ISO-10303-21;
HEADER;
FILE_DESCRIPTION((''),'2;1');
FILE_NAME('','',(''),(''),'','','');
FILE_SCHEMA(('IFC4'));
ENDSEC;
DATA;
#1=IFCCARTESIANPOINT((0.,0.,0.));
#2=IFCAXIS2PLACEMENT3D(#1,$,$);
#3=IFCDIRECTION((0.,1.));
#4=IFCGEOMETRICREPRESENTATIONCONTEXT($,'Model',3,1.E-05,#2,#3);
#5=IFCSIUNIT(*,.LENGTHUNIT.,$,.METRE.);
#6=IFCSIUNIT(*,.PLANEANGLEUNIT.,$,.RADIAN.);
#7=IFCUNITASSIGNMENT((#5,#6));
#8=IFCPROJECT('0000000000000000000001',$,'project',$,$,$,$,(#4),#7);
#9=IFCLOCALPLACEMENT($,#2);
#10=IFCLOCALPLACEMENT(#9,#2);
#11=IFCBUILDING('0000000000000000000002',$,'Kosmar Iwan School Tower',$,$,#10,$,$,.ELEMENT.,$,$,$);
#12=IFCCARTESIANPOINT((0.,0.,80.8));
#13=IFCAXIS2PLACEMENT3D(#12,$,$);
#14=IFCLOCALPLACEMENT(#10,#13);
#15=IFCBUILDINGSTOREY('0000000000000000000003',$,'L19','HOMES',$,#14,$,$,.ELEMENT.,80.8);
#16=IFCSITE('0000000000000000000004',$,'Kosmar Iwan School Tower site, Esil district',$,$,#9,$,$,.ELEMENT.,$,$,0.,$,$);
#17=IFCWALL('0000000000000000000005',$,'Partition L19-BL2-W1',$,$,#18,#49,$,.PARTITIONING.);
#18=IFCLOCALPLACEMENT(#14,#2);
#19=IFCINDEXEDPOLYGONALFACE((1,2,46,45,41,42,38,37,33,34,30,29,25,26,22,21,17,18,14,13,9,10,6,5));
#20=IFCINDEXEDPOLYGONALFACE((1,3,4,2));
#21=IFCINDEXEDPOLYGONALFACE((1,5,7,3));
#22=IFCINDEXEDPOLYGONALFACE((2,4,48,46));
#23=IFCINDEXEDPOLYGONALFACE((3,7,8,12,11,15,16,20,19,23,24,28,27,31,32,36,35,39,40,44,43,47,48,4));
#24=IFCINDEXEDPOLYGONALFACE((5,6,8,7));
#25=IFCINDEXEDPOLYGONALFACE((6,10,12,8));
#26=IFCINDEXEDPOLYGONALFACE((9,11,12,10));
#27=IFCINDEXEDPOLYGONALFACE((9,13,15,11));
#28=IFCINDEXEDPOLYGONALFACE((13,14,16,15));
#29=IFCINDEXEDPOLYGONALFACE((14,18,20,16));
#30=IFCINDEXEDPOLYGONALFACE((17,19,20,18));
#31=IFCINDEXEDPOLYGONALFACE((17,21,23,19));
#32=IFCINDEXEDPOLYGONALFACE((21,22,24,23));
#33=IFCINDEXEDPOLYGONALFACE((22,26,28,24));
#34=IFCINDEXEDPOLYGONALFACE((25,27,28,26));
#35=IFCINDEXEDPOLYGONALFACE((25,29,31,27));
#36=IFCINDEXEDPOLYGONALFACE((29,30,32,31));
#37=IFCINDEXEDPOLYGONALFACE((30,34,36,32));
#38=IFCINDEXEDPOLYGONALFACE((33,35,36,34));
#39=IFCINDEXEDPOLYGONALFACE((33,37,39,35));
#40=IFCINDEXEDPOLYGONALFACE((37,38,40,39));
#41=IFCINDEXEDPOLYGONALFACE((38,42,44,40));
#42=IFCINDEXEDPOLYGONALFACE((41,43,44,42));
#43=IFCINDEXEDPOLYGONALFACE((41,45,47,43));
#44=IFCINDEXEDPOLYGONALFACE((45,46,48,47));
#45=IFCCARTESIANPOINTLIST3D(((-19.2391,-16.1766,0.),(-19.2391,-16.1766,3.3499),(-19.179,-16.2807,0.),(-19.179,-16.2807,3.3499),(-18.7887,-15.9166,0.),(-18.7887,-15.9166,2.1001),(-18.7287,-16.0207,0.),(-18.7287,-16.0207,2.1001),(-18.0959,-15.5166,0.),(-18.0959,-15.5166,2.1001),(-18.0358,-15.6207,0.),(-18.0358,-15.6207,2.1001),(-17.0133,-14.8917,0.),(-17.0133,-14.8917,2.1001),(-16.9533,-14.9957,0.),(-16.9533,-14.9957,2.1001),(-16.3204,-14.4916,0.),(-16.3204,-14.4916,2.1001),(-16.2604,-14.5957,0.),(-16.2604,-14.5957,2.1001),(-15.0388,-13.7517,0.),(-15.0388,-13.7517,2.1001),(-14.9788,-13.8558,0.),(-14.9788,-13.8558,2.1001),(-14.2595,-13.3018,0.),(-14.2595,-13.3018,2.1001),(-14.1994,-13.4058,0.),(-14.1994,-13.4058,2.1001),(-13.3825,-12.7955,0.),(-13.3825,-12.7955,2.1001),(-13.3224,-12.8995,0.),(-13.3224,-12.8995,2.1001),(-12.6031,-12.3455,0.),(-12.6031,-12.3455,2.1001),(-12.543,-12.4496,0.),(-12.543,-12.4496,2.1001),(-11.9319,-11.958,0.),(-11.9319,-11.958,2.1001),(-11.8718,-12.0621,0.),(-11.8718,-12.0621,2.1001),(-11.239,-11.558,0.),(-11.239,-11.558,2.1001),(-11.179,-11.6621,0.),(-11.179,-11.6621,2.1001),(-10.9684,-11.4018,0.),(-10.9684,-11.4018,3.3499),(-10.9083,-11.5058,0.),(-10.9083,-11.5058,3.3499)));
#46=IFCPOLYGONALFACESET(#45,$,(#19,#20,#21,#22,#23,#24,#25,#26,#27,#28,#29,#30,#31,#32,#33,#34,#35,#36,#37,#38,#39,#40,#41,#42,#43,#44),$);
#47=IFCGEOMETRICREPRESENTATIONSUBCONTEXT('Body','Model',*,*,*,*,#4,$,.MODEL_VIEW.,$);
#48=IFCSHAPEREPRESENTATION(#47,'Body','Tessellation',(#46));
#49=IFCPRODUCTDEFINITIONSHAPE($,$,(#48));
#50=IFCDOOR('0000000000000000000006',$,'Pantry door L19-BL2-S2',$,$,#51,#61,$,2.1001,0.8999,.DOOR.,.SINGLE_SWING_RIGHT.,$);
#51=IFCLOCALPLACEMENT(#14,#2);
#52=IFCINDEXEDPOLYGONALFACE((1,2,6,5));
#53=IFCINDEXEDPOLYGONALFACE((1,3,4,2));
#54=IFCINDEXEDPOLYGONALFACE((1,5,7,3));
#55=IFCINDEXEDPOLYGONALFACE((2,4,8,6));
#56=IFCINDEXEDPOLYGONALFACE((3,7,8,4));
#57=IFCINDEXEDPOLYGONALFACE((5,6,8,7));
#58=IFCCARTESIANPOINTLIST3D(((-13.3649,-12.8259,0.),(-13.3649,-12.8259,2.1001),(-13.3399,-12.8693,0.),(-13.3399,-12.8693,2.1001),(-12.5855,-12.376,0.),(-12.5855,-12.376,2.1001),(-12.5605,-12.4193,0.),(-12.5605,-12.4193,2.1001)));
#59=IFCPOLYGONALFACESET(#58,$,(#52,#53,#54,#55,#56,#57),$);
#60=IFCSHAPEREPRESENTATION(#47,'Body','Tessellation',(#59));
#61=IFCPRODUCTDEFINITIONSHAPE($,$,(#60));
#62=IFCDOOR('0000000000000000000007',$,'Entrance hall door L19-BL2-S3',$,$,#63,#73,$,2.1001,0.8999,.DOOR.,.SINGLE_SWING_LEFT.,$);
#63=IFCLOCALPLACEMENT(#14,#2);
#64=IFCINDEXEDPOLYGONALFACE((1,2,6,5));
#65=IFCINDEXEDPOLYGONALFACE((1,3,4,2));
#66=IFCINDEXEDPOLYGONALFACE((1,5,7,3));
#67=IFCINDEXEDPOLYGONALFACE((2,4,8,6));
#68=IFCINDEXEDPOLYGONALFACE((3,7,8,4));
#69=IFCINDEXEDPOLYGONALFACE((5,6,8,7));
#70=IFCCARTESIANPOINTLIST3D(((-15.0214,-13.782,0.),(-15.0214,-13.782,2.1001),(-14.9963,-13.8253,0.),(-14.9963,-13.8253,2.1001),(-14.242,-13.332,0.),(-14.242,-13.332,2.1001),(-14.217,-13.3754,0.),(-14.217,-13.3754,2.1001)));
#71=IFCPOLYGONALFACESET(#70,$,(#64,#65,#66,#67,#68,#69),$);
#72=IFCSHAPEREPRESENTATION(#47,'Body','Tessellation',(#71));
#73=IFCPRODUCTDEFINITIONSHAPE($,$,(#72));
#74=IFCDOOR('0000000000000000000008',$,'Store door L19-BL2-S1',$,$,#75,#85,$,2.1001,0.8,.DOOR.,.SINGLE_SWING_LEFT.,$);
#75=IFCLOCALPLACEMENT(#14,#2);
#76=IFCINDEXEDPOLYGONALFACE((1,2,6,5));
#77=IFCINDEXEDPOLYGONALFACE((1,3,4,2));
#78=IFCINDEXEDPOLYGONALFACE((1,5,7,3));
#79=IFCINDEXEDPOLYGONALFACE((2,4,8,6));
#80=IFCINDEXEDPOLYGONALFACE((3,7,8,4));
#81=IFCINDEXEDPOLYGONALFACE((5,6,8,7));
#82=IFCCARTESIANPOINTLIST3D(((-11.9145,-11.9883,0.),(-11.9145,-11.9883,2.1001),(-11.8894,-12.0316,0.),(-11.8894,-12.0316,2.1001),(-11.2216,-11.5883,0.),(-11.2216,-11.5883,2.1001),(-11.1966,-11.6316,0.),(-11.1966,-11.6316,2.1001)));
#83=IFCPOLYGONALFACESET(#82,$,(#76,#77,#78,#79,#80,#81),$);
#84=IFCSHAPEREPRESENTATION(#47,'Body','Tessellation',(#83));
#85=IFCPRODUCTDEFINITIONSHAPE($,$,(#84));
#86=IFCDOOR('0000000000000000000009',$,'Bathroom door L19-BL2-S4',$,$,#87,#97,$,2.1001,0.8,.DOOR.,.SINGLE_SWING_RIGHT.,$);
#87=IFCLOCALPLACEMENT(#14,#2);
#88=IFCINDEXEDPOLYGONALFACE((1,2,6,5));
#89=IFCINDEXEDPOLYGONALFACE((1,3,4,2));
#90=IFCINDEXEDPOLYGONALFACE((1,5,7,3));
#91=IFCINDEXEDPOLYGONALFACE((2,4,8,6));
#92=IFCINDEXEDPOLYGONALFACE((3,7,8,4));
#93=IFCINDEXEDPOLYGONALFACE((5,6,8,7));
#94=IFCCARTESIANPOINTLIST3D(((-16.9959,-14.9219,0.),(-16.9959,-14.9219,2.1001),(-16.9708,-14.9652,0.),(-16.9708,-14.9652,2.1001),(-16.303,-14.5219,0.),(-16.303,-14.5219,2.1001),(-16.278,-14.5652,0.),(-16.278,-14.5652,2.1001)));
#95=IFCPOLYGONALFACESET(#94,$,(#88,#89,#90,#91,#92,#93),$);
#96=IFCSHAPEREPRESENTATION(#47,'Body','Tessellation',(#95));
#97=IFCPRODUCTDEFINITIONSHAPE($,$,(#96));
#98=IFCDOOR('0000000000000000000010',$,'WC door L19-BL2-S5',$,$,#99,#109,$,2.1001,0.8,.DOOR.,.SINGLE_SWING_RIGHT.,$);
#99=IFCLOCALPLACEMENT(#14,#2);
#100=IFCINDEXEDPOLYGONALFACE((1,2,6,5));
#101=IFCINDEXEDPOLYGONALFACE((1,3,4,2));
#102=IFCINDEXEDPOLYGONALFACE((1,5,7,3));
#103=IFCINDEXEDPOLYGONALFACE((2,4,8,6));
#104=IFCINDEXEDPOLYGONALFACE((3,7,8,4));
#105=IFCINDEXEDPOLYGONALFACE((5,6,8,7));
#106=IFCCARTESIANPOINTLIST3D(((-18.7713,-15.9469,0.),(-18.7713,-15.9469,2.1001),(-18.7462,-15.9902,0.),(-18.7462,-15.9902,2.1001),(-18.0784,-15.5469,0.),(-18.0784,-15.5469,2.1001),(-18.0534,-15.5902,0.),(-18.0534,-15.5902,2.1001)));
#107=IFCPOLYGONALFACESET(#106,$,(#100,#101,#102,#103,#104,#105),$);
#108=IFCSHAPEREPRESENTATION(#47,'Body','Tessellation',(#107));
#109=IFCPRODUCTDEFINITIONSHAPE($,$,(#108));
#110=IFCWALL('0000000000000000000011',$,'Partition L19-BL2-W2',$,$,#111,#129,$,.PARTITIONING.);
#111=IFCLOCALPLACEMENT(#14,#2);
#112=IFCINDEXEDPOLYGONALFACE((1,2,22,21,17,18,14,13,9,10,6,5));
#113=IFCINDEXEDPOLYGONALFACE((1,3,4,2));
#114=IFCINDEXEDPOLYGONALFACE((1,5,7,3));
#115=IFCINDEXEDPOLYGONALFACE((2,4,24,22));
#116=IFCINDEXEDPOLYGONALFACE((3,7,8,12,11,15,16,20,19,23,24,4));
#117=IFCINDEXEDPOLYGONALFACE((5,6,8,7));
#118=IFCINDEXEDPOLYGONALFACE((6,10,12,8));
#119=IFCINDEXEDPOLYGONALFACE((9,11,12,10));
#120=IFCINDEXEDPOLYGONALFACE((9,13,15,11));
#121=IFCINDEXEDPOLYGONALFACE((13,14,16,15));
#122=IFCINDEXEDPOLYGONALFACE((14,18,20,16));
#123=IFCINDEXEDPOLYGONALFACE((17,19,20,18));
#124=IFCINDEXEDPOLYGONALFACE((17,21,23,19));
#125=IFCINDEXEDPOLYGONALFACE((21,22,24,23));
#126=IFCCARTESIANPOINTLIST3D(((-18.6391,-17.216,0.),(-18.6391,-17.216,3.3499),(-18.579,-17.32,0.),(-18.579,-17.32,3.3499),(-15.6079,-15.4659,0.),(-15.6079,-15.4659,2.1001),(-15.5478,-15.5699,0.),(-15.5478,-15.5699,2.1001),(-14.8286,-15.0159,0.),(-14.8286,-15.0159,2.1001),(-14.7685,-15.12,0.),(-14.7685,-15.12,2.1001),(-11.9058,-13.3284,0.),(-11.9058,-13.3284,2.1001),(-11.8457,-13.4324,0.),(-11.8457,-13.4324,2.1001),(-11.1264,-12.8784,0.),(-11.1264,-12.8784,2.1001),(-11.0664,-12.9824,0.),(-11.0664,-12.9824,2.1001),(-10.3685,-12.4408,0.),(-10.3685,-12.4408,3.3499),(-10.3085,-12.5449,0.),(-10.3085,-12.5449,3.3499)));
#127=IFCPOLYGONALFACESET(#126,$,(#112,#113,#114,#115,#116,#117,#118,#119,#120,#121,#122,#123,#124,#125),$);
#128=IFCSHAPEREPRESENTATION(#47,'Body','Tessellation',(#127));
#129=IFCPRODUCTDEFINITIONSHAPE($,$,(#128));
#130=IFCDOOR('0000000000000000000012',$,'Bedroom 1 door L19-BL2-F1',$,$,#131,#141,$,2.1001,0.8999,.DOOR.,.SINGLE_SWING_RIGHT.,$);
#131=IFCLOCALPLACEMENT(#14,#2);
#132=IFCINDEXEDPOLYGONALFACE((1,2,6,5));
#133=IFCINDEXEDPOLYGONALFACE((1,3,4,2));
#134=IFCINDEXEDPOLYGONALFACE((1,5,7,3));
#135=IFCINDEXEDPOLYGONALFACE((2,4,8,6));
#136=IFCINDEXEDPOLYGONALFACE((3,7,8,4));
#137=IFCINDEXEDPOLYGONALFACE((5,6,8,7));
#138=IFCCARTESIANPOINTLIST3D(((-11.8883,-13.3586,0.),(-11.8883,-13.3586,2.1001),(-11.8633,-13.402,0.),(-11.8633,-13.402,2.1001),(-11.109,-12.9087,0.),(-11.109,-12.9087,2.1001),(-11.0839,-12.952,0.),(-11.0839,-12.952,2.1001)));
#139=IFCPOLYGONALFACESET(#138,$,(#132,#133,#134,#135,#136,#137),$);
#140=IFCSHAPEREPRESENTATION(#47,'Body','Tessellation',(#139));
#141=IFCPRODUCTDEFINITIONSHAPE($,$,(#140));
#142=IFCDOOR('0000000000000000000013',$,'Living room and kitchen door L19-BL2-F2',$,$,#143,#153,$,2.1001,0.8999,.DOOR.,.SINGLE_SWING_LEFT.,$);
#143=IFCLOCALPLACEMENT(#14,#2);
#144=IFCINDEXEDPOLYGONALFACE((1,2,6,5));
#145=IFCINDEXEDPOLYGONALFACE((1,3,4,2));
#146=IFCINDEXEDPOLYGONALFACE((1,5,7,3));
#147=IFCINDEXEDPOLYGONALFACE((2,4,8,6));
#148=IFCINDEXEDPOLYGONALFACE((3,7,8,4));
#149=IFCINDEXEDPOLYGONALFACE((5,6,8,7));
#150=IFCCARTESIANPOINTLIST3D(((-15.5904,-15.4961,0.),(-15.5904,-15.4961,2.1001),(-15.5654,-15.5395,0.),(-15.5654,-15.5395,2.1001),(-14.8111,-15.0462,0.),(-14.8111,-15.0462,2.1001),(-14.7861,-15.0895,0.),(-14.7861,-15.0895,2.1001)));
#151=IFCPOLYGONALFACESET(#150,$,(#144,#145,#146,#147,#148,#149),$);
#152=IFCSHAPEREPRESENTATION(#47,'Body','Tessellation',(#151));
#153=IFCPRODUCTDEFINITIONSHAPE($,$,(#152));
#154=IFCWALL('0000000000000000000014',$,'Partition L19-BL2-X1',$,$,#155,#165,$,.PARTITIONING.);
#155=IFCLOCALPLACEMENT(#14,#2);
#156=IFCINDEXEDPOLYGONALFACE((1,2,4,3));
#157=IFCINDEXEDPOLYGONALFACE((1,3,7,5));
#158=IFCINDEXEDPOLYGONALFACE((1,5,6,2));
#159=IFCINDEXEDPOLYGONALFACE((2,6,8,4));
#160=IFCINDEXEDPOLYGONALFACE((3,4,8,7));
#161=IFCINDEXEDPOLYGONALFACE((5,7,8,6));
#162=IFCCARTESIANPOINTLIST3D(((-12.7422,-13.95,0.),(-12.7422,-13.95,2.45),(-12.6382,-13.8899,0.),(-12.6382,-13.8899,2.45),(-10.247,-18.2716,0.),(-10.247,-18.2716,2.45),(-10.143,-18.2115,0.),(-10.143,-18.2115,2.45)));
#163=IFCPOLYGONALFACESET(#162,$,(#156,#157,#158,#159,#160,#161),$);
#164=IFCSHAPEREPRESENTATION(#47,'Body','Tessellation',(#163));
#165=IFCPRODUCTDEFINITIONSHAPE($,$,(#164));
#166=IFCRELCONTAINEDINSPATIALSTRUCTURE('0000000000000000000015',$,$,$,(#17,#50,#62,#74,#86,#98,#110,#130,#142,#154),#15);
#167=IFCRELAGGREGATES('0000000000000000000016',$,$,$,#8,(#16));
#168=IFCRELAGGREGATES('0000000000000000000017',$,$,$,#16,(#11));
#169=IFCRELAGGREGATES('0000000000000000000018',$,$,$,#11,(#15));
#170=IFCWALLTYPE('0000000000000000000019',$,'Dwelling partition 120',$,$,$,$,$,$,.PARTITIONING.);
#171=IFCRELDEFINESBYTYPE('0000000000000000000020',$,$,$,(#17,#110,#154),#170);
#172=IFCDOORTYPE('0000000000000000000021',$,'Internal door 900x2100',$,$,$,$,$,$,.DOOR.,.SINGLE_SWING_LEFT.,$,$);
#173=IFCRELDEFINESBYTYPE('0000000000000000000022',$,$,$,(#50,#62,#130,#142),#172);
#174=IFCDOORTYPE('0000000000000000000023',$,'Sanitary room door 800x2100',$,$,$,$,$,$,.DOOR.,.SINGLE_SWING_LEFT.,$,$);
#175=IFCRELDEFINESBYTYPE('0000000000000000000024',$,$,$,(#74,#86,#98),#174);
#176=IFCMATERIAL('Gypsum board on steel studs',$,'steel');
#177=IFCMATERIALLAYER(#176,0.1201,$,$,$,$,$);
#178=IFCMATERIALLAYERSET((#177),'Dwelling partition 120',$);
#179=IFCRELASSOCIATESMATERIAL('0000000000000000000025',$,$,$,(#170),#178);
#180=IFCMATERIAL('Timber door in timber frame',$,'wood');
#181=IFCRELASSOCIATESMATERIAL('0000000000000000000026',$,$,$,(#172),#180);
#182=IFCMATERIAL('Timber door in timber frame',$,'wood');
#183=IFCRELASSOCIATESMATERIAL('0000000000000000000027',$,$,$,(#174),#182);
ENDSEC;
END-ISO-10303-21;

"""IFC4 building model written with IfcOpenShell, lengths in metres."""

from ifc_helpers import new_model, si_unit, direction, frame, frame_2d, origin, place, context, subcontext, project, spatial, rectangle, extrude, material, layer, layer_set, type_object, element, fill, save


model = new_model("IFC4")

# Units and contexts
model_context = context("Model", 3, precision=1e-05, world=origin(), true_north=direction((0.0, 1.0)))
body_context = subcontext(model_context, "Body", "Model", "MODEL_VIEW")
ifc_project = project(units=[si_unit("LENGTHUNIT", "METRE"), si_unit("PLANEANGLEUNIT", "RADIAN")], contexts=[model_context])

# Site, building, storey
site_placement = place(None, origin())
site = spatial("IfcSite", under=ifc_project, at=site_placement, Name="Kosmar Iwan School Tower site, Esil district", CompositionType="ELEMENT", RefElevation=0.0)
building_placement = place(site_placement, origin())
building = spatial("IfcBuilding", under=site, at=building_placement, Name="Kosmar Iwan School Tower", CompositionType="ELEMENT")
storey_placement = place(building_placement, frame((0.0, 0.0, 80.8)))
storey = spatial("IfcBuildingStorey", under=building, at=storey_placement, Name="L19", Description="HOMES", CompositionType="ELEMENT", Elevation=80.8)

# Shared definitions
ifc_material_1 = material(Name="Gypsum board on steel studs", Category="steel")
ifc_layer_1 = layer(ifc_material_1, 0.1201)
ifc_layer_set_1 = layer_set([ifc_layer_1], Name="Dwelling partition 120")
wall_type_1 = type_object("IfcWallType", Name="Dwelling partition 120", PredefinedType="PARTITIONING", material=ifc_layer_set_1)
ifc_material_2 = material(Name="Timber door in timber frame", Category="wood")
door_type_1 = type_object("IfcDoorType", Name="Internal door 900x2100", OperationType="SINGLE_SWING_LEFT", PredefinedType="DOOR", material=ifc_material_2)
ifc_material_3 = material(Name="Timber door in timber frame", Category="wood")
door_type_2 = type_object("IfcDoorType", Name="Sanitary room door 800x2100", OperationType="SINGLE_SWING_LEFT", PredefinedType="DOOR", material=ifc_material_3)

# Walls, openings, doors
wall_1_placement = place(storey_placement, frame((-10.9385, -11.4539, 0.0), z_axis=(0.0, 0.0, 1.0), x_axis=(-0.866035, -0.499983, 0.0)))
wall_1 = element("IfcWall", 1, at=wall_1_placement, inside=storey, type_object=wall_type_1, Name="Partition L19-BL2-W1", PredefinedType="PARTITIONING", context=body_context, shape_type="SweptSolid", body=[
    extrude(rectangle(XDim=9.55, YDim=0.1201, at=frame_2d((4.7749, 0.0))), origin(), (0.0, 0.0, 1.0), 3.3499),
])
opening_1_placement = place(wall_1_placement, frame((0.3125, 0.0, 0.0)))
opening_1 = element("IfcOpeningElement", 2, at=opening_1_placement, cuts=wall_1, PredefinedType="OPENING", context=body_context, shape_type="SweptSolid", body=[
    extrude(rectangle(XDim=0.8, YDim=2.1001, at=frame_2d((0.3999, 1.05))), frame((0.0, 0.072, 0.0), z_axis=(0.0, -1.0, 0.0), x_axis=(1.0, 0.0, 0.0)), (0.0, 0.0, 1.0), 0.144),
])
opening_2_placement = place(wall_1_placement, frame((1.8875, 0.0, 0.0)))
opening_2 = element("IfcOpeningElement", 3, at=opening_2_placement, cuts=wall_1, PredefinedType="OPENING", context=body_context, shape_type="SweptSolid", body=[
    extrude(rectangle(XDim=0.8999, YDim=2.1001, at=frame_2d((0.45, 1.05))), frame((0.0, 0.072, 0.0), z_axis=(0.0, -1.0, 0.0), x_axis=(1.0, 0.0, 0.0)), (0.0, 0.0, 1.0), 0.144),
])
opening_3_placement = place(wall_1_placement, frame((3.8, 0.0, 0.0)))
opening_3 = element("IfcOpeningElement", 4, at=opening_3_placement, cuts=wall_1, PredefinedType="OPENING", context=body_context, shape_type="SweptSolid", body=[
    extrude(rectangle(XDim=0.8999, YDim=2.1001, at=frame_2d((0.45, 1.05))), frame((0.0, 0.072, 0.0), z_axis=(0.0, -1.0, 0.0), x_axis=(1.0, 0.0, 0.0)), (0.0, 0.0, 1.0), 0.144),
])
opening_4_placement = place(wall_1_placement, frame((6.1799, 0.0, 0.0)))
opening_4 = element("IfcOpeningElement", 5, at=opening_4_placement, cuts=wall_1, PredefinedType="OPENING", context=body_context, shape_type="SweptSolid", body=[
    extrude(rectangle(XDim=0.8, YDim=2.1001, at=frame_2d((0.3999, 1.05))), frame((0.0, 0.072, 0.0), z_axis=(0.0, -1.0, 0.0), x_axis=(1.0, 0.0, 0.0)), (0.0, 0.0, 1.0), 0.144),
])
opening_5_placement = place(wall_1_placement, frame((8.23, 0.0, 0.0)))
opening_5 = element("IfcOpeningElement", 6, at=opening_5_placement, cuts=wall_1, PredefinedType="OPENING", context=body_context, shape_type="SweptSolid", body=[
    extrude(rectangle(XDim=0.8, YDim=2.1001, at=frame_2d((0.3999, 1.05))), frame((0.0, 0.072, 0.0), z_axis=(0.0, -1.0, 0.0), x_axis=(1.0, 0.0, 0.0)), (0.0, 0.0, 1.0), 0.144),
])
door_1_placement = place(opening_2_placement, frame((0.8999, 0.0, 0.0), z_axis=(0.0, 0.0, 1.0), x_axis=(-1.0, 0.0, 0.0)))
door_1 = element("IfcDoor", 7, at=door_1_placement, inside=storey, type_object=door_type_1, Name="Pantry door L19-BL2-S2", OperationType="SINGLE_SWING_RIGHT", OverallHeight=2.1001, OverallWidth=0.8999, PredefinedType="DOOR", context=body_context, shape_type="SweptSolid", body=[
    extrude(rectangle(XDim=0.8999, YDim=2.1001, at=frame_2d((0.45, 1.05))), frame((0.0, 0.0249, 0.0), z_axis=(0.0, -1.0, 0.0), x_axis=(1.0, 0.0, 0.0)), (0.0, 0.0, 1.0), 0.05),
])
fill(opening_2, door_1)
door_2_placement = place(opening_3_placement, origin())
door_2 = element("IfcDoor", 8, at=door_2_placement, inside=storey, type_object=door_type_1, Name="Entrance hall door L19-BL2-S3", OperationType="SINGLE_SWING_LEFT", OverallHeight=2.1001, OverallWidth=0.8999, PredefinedType="DOOR", context=body_context, shape_type="SweptSolid", body=[
    extrude(rectangle(XDim=0.8999, YDim=2.1001, at=frame_2d((0.45, 1.05))), frame((0.0, 0.0249, 0.0), z_axis=(0.0, -1.0, 0.0), x_axis=(1.0, 0.0, 0.0)), (0.0, 0.0, 1.0), 0.05),
])
fill(opening_3, door_2)
door_3_placement = place(opening_1_placement, origin())
door_3 = element("IfcDoor", 9, at=door_3_placement, inside=storey, type_object=door_type_2, Name="Store door L19-BL2-S1", OperationType="SINGLE_SWING_LEFT", OverallHeight=2.1001, OverallWidth=0.8, PredefinedType="DOOR", context=body_context, shape_type="SweptSolid", body=[
    extrude(rectangle(XDim=0.8, YDim=2.1001, at=frame_2d((0.3999, 1.05))), frame((0.0, 0.0249, 0.0), z_axis=(0.0, -1.0, 0.0), x_axis=(1.0, 0.0, 0.0)), (0.0, 0.0, 1.0), 0.05),
])
fill(opening_1, door_3)
door_4_placement = place(opening_4_placement, origin())
door_4 = element("IfcDoor", 10, at=door_4_placement, inside=storey, type_object=door_type_2, Name="Bathroom door L19-BL2-S4", OperationType="SINGLE_SWING_RIGHT", OverallHeight=2.1001, OverallWidth=0.8, PredefinedType="DOOR", context=body_context, shape_type="SweptSolid", body=[
    extrude(rectangle(XDim=0.8, YDim=2.1001, at=frame_2d((0.3999, 1.05))), frame((0.0, 0.0249, 0.0), z_axis=(0.0, -1.0, 0.0), x_axis=(1.0, 0.0, 0.0)), (0.0, 0.0, 1.0), 0.05),
])
fill(opening_4, door_4)
door_5_placement = place(opening_5_placement, origin())
door_5 = element("IfcDoor", 11, at=door_5_placement, inside=storey, type_object=door_type_2, Name="WC door L19-BL2-S5", OperationType="SINGLE_SWING_RIGHT", OverallHeight=2.1001, OverallWidth=0.8, PredefinedType="DOOR", context=body_context, shape_type="SweptSolid", body=[
    extrude(rectangle(XDim=0.8, YDim=2.1001, at=frame_2d((0.3999, 1.05))), frame((0.0, 0.0249, 0.0), z_axis=(0.0, -1.0, 0.0), x_axis=(1.0, 0.0, 0.0)), (0.0, 0.0, 1.0), 0.05),
])
fill(opening_5, door_5)
wall_2_placement = place(storey_placement, frame((-10.3386, -12.4929, 0.0), z_axis=(0.0, 0.0, 1.0), x_axis=(-0.866018, -0.500013, 0.0)))
wall_2 = element("IfcWall", 12, at=wall_2_placement, inside=storey, type_object=wall_type_1, Name="Partition L19-BL2-W2", PredefinedType="PARTITIONING", context=body_context, shape_type="SweptSolid", body=[
    extrude(rectangle(XDim=9.55, YDim=0.1201, at=frame_2d((4.7749, 0.0))), origin(), (0.0, 0.0, 1.0), 3.3499),
])
opening_6_placement = place(wall_2_placement, frame((0.875, 0.0, 0.0)))
opening_6 = element("IfcOpeningElement", 13, at=opening_6_placement, cuts=wall_2, PredefinedType="OPENING", context=body_context, shape_type="SweptSolid", body=[
    extrude(rectangle(XDim=0.8999, YDim=2.1001, at=frame_2d((0.45, 1.05))), frame((0.0, 0.072, 0.0), z_axis=(0.0, -1.0, 0.0), x_axis=(1.0, 0.0, 0.0)), (0.0, 0.0, 1.0), 0.144),
])
opening_7_placement = place(wall_2_placement, frame((5.1499, 0.0, 0.0)))
opening_7 = element("IfcOpeningElement", 14, at=opening_7_placement, cuts=wall_2, PredefinedType="OPENING", context=body_context, shape_type="SweptSolid", body=[
    extrude(rectangle(XDim=0.8999, YDim=2.1001, at=frame_2d((0.45, 1.05))), frame((0.0, 0.072, 0.0), z_axis=(0.0, -1.0, 0.0), x_axis=(1.0, 0.0, 0.0)), (0.0, 0.0, 1.0), 0.144),
])
door_6_placement = place(opening_6_placement, origin())
door_6 = element("IfcDoor", 15, at=door_6_placement, inside=storey, type_object=door_type_1, Name="Bedroom 1 door L19-BL2-F1", OperationType="SINGLE_SWING_RIGHT", OverallHeight=2.1001, OverallWidth=0.8999, PredefinedType="DOOR", context=body_context, shape_type="SweptSolid", body=[
    extrude(rectangle(XDim=0.8999, YDim=2.1001, at=frame_2d((0.45, 1.05))), frame((0.0, 0.0249, 0.0), z_axis=(0.0, -1.0, 0.0), x_axis=(1.0, 0.0, 0.0)), (0.0, 0.0, 1.0), 0.05),
])
fill(opening_6, door_6)
door_7_placement = place(opening_7_placement, origin())
door_7 = element("IfcDoor", 16, at=door_7_placement, inside=storey, type_object=door_type_1, Name="Living room and kitchen door L19-BL2-F2", OperationType="SINGLE_SWING_LEFT", OverallHeight=2.1001, OverallWidth=0.8999, PredefinedType="DOOR", context=body_context, shape_type="SweptSolid", body=[
    extrude(rectangle(XDim=0.8999, YDim=2.1001, at=frame_2d((0.45, 1.05))), frame((0.0, 0.0249, 0.0), z_axis=(0.0, -1.0, 0.0), x_axis=(1.0, 0.0, 0.0)), (0.0, 0.0, 1.0), 0.05),
])
fill(opening_7, door_7)

# Wall
wall_3_placement = place(storey_placement, frame((-12.6902, -13.9199, 0.0), z_axis=(0.0, 0.0, 1.0), x_axis=(0.500012, -0.866019, 0.0)))
element("IfcWall", 17, at=wall_3_placement, inside=storey, type_object=wall_type_1, Name="Partition L19-BL2-X1", PredefinedType="PARTITIONING", context=body_context, shape_type="SweptSolid", body=[
    extrude(rectangle(XDim=4.9902, YDim=0.1201, at=frame_2d((2.4951, 0.0))), origin(), (0.0, 0.0, 1.0), 2.45),
])

save(model, "model.ifc")
